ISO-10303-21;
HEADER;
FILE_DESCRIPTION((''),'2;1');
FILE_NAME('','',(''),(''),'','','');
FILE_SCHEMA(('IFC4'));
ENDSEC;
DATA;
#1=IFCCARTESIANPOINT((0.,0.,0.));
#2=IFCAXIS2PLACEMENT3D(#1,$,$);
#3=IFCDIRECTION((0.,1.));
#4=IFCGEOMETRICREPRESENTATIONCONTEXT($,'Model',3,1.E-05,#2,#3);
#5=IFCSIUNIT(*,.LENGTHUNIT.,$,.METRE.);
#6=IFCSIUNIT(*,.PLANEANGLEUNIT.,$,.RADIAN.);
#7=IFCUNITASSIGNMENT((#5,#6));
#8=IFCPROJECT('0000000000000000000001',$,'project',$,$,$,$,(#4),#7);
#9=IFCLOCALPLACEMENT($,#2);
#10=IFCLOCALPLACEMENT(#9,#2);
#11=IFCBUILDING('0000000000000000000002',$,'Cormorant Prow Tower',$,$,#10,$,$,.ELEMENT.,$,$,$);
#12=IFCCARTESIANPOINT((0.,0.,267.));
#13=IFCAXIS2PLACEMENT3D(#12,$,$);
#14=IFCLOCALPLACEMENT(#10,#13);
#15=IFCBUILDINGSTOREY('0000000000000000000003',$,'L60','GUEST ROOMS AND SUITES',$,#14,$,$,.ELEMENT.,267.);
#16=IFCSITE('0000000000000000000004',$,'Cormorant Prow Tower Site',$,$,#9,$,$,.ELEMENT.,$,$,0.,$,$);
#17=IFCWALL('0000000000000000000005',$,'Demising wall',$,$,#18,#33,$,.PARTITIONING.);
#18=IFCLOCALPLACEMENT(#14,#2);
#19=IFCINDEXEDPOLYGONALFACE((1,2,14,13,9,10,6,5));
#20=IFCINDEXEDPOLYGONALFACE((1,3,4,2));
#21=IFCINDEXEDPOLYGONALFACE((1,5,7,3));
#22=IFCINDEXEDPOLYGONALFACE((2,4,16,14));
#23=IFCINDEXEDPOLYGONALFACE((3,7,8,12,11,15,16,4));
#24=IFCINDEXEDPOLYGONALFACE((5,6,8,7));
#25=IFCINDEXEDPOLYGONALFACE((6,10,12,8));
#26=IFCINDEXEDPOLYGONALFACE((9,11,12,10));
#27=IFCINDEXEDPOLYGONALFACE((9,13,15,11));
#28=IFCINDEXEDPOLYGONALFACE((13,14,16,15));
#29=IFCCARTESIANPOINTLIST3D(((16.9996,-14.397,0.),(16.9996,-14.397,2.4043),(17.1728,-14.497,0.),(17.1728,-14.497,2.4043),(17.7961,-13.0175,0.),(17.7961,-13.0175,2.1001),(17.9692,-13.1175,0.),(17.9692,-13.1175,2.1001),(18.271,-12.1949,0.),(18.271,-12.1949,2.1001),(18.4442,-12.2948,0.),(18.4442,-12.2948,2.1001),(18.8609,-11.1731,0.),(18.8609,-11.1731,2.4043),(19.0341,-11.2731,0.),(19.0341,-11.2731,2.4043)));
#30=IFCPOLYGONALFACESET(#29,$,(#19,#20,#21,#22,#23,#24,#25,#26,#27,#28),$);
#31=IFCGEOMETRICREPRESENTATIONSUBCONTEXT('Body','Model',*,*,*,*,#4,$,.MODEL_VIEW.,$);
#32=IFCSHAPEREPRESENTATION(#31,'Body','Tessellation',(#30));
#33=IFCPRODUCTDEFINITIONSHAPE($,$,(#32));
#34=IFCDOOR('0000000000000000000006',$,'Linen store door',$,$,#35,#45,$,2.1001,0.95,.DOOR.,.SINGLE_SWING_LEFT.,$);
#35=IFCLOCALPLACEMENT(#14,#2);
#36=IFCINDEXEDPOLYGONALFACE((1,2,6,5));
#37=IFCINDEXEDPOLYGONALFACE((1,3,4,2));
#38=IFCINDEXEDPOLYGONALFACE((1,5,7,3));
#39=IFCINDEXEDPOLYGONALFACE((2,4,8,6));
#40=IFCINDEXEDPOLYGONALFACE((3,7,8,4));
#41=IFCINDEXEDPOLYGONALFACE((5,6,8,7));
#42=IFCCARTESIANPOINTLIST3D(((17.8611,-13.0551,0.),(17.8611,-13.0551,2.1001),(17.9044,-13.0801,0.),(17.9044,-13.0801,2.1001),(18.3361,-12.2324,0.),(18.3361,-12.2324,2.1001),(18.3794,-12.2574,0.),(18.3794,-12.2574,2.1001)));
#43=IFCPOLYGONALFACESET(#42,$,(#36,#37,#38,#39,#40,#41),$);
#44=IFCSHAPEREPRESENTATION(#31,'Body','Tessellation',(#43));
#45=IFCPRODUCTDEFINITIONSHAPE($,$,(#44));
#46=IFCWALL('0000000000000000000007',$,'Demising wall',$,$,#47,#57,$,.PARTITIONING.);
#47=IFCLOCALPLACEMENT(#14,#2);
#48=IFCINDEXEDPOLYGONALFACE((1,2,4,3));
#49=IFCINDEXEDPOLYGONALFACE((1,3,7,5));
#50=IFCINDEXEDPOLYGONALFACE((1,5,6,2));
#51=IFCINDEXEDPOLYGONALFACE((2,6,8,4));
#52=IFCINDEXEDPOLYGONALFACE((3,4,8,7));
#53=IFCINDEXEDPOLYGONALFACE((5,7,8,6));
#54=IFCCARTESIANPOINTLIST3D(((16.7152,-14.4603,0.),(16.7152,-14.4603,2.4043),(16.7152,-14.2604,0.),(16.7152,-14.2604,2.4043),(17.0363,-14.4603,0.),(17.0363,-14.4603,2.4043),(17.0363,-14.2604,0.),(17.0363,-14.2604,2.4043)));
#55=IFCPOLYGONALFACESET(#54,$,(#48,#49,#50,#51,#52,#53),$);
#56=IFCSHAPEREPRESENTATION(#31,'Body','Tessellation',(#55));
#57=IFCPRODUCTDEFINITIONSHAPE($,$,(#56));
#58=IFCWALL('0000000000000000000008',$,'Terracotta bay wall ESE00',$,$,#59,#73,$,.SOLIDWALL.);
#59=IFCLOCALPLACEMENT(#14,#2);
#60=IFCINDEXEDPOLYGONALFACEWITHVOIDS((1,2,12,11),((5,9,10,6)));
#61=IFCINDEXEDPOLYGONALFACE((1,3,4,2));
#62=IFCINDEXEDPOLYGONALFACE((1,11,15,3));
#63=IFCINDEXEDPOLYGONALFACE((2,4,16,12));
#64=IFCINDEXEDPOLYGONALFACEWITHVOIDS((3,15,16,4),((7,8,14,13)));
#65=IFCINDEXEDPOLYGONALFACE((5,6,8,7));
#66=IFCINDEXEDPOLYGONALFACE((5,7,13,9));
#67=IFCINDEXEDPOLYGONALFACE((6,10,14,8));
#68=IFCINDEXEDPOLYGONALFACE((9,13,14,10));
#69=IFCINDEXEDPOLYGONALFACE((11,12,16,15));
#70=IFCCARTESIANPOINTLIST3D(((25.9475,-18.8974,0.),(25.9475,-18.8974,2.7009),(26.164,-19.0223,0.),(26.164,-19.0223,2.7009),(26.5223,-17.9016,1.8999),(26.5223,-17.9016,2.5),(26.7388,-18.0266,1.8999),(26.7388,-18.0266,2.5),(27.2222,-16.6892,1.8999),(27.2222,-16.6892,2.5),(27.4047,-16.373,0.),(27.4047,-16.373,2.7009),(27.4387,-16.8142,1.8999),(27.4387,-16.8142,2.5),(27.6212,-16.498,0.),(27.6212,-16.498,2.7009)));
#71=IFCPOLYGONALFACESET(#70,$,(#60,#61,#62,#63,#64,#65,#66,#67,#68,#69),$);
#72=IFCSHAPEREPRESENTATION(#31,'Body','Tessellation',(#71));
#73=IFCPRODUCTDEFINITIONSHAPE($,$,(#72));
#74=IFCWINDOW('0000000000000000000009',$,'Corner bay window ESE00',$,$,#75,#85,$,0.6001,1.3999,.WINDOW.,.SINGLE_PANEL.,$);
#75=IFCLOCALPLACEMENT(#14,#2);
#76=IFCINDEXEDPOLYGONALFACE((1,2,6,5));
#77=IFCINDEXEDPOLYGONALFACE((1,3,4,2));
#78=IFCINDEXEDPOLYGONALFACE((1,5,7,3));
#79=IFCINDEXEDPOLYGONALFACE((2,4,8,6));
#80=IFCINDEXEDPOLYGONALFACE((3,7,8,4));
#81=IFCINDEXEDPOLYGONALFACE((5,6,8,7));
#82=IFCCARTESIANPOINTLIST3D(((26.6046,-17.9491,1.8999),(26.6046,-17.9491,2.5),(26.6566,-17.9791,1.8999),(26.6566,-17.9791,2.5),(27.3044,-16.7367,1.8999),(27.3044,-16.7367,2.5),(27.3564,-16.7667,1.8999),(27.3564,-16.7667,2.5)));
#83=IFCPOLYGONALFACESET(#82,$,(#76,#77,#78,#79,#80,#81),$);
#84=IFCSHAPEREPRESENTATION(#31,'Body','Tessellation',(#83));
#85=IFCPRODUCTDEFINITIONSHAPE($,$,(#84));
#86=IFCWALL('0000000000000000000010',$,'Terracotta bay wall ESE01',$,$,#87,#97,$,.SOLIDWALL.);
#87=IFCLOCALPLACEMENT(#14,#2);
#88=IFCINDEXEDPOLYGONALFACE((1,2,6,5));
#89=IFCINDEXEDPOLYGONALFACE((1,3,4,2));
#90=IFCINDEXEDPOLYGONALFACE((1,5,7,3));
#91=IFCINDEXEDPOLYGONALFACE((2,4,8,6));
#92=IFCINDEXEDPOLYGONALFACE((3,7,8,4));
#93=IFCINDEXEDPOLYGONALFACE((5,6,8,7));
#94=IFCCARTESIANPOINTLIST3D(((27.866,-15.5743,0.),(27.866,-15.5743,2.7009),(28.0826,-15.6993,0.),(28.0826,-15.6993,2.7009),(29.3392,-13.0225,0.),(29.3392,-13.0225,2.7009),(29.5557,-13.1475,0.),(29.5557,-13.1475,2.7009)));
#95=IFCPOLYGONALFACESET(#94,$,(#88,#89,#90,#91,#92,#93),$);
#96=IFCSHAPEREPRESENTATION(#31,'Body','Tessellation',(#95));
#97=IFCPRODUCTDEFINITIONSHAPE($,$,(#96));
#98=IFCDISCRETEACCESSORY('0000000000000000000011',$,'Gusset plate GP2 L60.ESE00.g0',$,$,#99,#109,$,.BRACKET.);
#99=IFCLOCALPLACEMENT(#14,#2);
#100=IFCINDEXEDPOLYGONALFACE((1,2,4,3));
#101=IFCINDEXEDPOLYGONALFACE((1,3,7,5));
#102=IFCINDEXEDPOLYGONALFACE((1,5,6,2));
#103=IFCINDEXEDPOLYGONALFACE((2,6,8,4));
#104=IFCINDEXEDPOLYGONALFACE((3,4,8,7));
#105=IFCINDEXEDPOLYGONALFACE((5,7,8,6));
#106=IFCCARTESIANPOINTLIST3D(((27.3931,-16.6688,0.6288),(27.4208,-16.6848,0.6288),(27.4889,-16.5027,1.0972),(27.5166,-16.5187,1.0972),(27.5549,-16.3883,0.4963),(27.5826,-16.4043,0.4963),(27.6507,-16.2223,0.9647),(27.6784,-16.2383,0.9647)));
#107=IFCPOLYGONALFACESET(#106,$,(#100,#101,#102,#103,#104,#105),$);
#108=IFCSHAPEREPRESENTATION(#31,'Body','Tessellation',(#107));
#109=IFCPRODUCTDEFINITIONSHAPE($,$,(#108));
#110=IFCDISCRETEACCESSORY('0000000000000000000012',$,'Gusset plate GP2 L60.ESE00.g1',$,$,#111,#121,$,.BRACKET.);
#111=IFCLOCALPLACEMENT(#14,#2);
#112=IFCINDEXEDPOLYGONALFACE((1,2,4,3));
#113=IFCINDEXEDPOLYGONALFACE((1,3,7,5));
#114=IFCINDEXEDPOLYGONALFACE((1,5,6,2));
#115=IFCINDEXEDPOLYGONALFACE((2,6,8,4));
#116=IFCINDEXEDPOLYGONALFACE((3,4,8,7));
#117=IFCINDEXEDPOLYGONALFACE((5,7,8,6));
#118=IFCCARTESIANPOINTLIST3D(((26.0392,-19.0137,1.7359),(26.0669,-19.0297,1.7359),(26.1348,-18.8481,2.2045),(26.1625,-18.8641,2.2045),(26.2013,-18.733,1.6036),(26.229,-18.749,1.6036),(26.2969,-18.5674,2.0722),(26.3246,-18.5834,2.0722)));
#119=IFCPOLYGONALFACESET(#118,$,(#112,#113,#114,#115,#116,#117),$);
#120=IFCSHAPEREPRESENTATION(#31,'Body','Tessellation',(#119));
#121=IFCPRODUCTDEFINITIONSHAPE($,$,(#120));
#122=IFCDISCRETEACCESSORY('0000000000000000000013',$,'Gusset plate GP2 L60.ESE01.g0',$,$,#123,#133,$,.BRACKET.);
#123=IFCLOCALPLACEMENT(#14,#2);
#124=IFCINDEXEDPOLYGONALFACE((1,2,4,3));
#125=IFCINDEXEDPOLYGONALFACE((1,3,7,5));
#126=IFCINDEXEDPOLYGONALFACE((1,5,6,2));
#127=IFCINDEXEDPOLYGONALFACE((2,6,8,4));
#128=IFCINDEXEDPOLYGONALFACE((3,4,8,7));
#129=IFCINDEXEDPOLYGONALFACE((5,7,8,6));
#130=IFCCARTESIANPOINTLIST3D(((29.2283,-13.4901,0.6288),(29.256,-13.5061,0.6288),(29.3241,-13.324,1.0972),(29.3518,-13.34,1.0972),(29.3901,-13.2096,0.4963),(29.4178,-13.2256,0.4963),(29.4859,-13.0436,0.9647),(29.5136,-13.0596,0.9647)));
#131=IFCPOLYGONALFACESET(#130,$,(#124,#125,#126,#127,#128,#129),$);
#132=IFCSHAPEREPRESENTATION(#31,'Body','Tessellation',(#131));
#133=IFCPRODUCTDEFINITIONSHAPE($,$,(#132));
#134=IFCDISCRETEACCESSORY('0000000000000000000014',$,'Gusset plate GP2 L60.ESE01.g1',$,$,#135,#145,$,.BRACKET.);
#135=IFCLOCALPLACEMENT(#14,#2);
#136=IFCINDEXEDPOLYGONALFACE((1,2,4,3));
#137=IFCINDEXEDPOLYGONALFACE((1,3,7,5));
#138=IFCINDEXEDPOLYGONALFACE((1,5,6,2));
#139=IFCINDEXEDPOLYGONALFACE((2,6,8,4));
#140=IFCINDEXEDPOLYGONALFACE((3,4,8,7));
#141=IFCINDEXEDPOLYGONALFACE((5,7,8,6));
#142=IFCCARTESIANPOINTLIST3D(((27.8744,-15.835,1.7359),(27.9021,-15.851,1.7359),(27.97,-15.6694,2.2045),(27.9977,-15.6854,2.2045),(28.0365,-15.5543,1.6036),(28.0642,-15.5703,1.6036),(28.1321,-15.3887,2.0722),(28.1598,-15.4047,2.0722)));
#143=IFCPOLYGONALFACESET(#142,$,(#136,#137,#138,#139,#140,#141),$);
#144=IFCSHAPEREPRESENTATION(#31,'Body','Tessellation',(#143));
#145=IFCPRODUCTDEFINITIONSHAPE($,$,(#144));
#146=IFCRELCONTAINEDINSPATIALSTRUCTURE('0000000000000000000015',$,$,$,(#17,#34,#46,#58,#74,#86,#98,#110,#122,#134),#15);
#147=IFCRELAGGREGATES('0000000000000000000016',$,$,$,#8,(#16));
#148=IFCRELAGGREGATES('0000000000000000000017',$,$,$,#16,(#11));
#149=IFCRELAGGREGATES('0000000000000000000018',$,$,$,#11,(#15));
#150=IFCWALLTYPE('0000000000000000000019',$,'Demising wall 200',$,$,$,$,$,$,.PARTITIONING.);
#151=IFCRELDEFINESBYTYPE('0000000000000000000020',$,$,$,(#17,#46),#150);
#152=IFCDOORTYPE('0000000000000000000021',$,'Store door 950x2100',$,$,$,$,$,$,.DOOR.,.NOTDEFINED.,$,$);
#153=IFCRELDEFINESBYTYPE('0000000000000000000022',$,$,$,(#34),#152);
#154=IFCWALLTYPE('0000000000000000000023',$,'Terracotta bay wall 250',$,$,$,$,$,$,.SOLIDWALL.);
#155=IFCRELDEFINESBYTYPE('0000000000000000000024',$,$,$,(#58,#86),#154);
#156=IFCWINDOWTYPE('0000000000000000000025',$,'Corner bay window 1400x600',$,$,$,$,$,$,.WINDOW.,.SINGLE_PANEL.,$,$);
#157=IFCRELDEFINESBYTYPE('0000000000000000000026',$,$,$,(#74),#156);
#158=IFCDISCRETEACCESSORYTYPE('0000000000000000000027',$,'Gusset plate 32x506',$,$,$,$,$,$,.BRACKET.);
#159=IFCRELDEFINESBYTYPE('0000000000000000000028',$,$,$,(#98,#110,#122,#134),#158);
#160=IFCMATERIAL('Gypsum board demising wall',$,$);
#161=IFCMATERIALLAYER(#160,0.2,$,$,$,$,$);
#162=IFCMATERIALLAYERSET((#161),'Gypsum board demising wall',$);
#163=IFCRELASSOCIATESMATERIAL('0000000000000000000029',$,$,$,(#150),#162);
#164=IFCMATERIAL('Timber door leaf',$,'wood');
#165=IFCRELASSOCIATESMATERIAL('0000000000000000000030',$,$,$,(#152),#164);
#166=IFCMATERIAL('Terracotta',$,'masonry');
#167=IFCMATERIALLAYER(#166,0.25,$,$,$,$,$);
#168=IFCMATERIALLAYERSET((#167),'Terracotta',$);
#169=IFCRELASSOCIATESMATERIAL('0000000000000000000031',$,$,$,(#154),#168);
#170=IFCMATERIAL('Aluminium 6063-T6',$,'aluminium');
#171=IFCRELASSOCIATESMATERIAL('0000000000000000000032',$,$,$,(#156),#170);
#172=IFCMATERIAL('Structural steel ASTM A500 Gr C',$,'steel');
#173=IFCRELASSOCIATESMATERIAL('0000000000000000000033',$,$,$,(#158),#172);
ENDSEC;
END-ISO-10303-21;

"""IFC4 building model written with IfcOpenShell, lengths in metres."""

from ifc_helpers import new_model, si_unit, direction, frame, frame_2d, origin, origin_2d, place, context, subcontext, project, spatial, rectangle, extrude, material, layer, layer_set, material_profile, profile_set, type_object, element, fill, save


model = new_model("IFC4")

# Units and contexts
model_context = context("Model", 3, precision=1e-05, world=origin(), true_north=direction((0.0, 1.0)))
body_context = subcontext(model_context, "Body", "Model", "MODEL_VIEW")
ifc_project = project(units=[si_unit("LENGTHUNIT", "METRE"), si_unit("PLANEANGLEUNIT", "RADIAN")], contexts=[model_context])

# Site, building, storey
site_placement = place(None, origin())
site = spatial("IfcSite", under=ifc_project, at=site_placement, Name="Cormorant Prow Tower Site", CompositionType="ELEMENT", RefElevation=0.0)
building_placement = place(site_placement, origin())
building = spatial("IfcBuilding", under=site, at=building_placement, Name="Cormorant Prow Tower", CompositionType="ELEMENT")
storey_placement = place(building_placement, frame((0.0, 0.0, 267.0)))
storey = spatial("IfcBuildingStorey", under=building, at=storey_placement, Name="L60", Description="GUEST ROOMS AND SUITES", CompositionType="ELEMENT", Elevation=267.0)

# Wall, opening, door
ifc_material_1 = material(Name="Gypsum board demising wall")
ifc_layer_1 = layer(ifc_material_1, 0.2)
ifc_layer_set_1 = layer_set([ifc_layer_1], Name="Gypsum board demising wall")
wall_type_1 = type_object("IfcWallType", Name="Demising wall 200", PredefinedType="PARTITIONING", material=ifc_layer_set_1)
wall_1_placement = place(storey_placement, frame((17.0862, -14.447, 0.0), z_axis=(0.0, 0.0, 1.0), x_axis=(0.500004, 0.866023, 0.0)))
wall_1 = element("IfcWall", 1, at=wall_1_placement, inside=storey, type_object=wall_type_1, Name="Demising wall", PredefinedType="PARTITIONING", context=body_context, shape_type="SweptSolid", body=[
    extrude(rectangle(XDim=3.7227, YDim=0.2, at=frame_2d((1.8613, 0.0))), origin(), (0.0, 0.0, 1.0), 2.4043),
])
opening_1_placement = place(wall_1_placement, frame((1.5928, 0.0, 0.0)))
opening_1 = element("IfcOpeningElement", 2, at=opening_1_placement, cuts=wall_1, PredefinedType="OPENING", context=body_context, shape_type="SweptSolid", body=[
    extrude(rectangle(XDim=0.95, YDim=2.1001, at=frame_2d((0.4751, 1.05))), frame((0.0, 0.1099, 0.0), z_axis=(0.0, -1.0, 0.0), x_axis=(1.0, 0.0, 0.0)), (0.0, 0.0, 1.0), 0.22),
])
ifc_material_2 = material(Name="Timber door leaf", Category="wood")
door_type_1 = type_object("IfcDoorType", Name="Store door 950x2100", OperationType="NOTDEFINED", PredefinedType="DOOR", material=ifc_material_2)
door_1_placement = place(opening_1_placement, origin())
door_1 = element("IfcDoor", 3, at=door_1_placement, inside=storey, type_object=door_type_1, Name="Linen store door", OperationType="SINGLE_SWING_LEFT", OverallHeight=2.1001, OverallWidth=0.95, PredefinedType="DOOR", context=body_context, shape_type="SweptSolid", body=[
    extrude(rectangle(XDim=0.95, YDim=2.1001, at=frame_2d((0.4751, 1.05))), frame((0.0, 0.0249, 0.0), z_axis=(0.0, -1.0, 0.0), x_axis=(1.0, 0.0, 0.0)), (0.0, 0.0, 1.0), 0.05),
])
fill(opening_1, door_1)

# Wall
wall_2_placement = place(storey_placement, frame((16.7151, -14.3604, 0.0), z_axis=(0.0, 0.0, 1.0), x_axis=(1.0, 0.0, 0.0)))
element("IfcWall", 4, at=wall_2_placement, inside=storey, type_object=wall_type_1, Name="Demising wall", PredefinedType="PARTITIONING", context=body_context, shape_type="SweptSolid", body=[
    extrude(rectangle(XDim=0.321, YDim=0.2, at=frame_2d((0.1606, 0.0))), origin(), (0.0, 0.0, 1.0), 2.4043),
])

# Wall, opening, window
ifc_material_3 = material(Name="Terracotta", Category="masonry")
ifc_layer_2 = layer(ifc_material_3, 0.25)
ifc_layer_set_2 = layer_set([ifc_layer_2], Name="Terracotta")
wall_type_2 = type_object("IfcWallType", Name="Terracotta bay wall 250", PredefinedType="SOLIDWALL", material=ifc_layer_set_2)
wall_3_placement = place(storey_placement, frame((26.0557, -18.96, 0.0), z_axis=(0.0, 0.0, 1.0), x_axis=(0.49995, 0.866054, 0.0)))
wall_3 = element("IfcWall", 5, at=wall_3_placement, inside=storey, type_object=wall_type_2, Name="Terracotta bay wall ESE00", PredefinedType="SOLIDWALL", context=body_context, shape_type="SweptSolid", body=[
    extrude(rectangle(XDim=2.9148, YDim=0.25, at=frame_2d((1.4575, 0.0))), origin(), (0.0, 0.0, 1.0), 2.7009),
])
opening_2_placement = place(wall_3_placement, frame((1.1499, 0.0, 1.8999)))
opening_2 = element("IfcOpeningElement", 6, at=opening_2_placement, cuts=wall_3, PredefinedType="OPENING", context=body_context, shape_type="SweptSolid", body=[
    extrude(rectangle(XDim=1.3999, YDim=0.6001, at=frame_2d((0.7, 0.3))), frame((0.0, 0.135, 0.0), z_axis=(0.0, -1.0, 0.0), x_axis=(1.0, 0.0, 0.0)), (0.0, 0.0, 1.0), 0.27),
])
ifc_material_4 = material(Name="Aluminium 6063-T6", Category="aluminium")
window_type = type_object("IfcWindowType", Name="Corner bay window 1400x600", PartitioningType="SINGLE_PANEL", PredefinedType="WINDOW", material=ifc_material_4)
window_placement = place(opening_2_placement, origin())
window = element("IfcWindow", 7, at=window_placement, inside=storey, type_object=window_type, Name="Corner bay window ESE00", OverallHeight=0.6001, OverallWidth=1.3999, PartitioningType="SINGLE_PANEL", PredefinedType="WINDOW", context=body_context, shape_type="SweptSolid", body=[
    extrude(rectangle(XDim=1.3999, YDim=0.6001, at=frame_2d((0.7, 0.3))), frame((0.0, 0.03, 0.0), z_axis=(0.0, -1.0, 0.0), x_axis=(1.0, 0.0, 0.0)), (0.0, 0.0, 1.0), 0.0601),
])
fill(opening_2, window)

# Wall
wall_4_placement = place(storey_placement, frame((27.9744, -15.6367, 0.0), z_axis=(0.0, 0.0, 1.0), x_axis=(0.499971, 0.866042, 0.0)))
element("IfcWall", 8, at=wall_4_placement, inside=storey, type_object=wall_type_2, Name="Terracotta bay wall ESE01", PredefinedType="SOLIDWALL", context=body_context, shape_type="SweptSolid", body=[
    extrude(rectangle(XDim=2.9465, YDim=0.25, at=frame_2d((1.4731, 0.0))), origin(), (0.0, 0.0, 1.0), 2.7009),
])

# Discrete accessories
ifc_material_5 = material(Name="Structural steel ASTM A500 Gr C", Category="steel")
ifc_material_profile_1 = material_profile(ifc_material_5, rectangle(XDim=0.032, YDim=0.5061, at=origin_2d()), Name="Gusset plate 32x506")
ifc_profile_set_1 = profile_set([ifc_material_profile_1], Name="Structural steel ASTM A500 Gr C")
discrete_accessory_type = type_object("IfcDiscreteAccessoryType", Name="Gusset plate 32x506", PredefinedType="BRACKET", material=ifc_profile_set_1)
discrete_accessory_1_placement = place(storey_placement, frame((27.4548, -16.5938, 0.863), z_axis=(0.462538, 0.801594, -0.378821), x_axis=(-0.866148, 0.499788, 0.0)))
element("IfcDiscreteAccessory", 9, at=discrete_accessory_1_placement, inside=storey, type_object=discrete_accessory_type, Name="Gusset plate GP2 L60.ESE00.g0", PredefinedType="BRACKET", context=body_context, shape_type="SweptSolid", body=[
    extrude(rectangle(XDim=0.032, YDim=0.5061, at=origin_2d()), origin(), (0.0, 0.0, 1.0), 0.3499),
])
discrete_accessory_2_placement = place(storey_placement, frame((26.2629, -18.6582, 1.8379), z_axis=(-0.46295, -0.801796, 0.37789), x_axis=(0.86601, -0.500027, 0.0)))
element("IfcDiscreteAccessory", 10, at=discrete_accessory_2_placement, inside=storey, type_object=discrete_accessory_type, Name="Gusset plate GP2 L60.ESE00.g1", PredefinedType="BRACKET", context=body_context, shape_type="SweptSolid", body=[
    extrude(rectangle(XDim=0.032, YDim=0.5061, at=origin_2d()), origin(), (0.0, 0.0, 1.0), 0.3501),
])
discrete_accessory_3_placement = place(storey_placement, frame((29.29, -13.415, 0.863), z_axis=(0.462538, 0.801594, -0.378821), x_axis=(-0.866148, 0.499788, 0.0)))
element("IfcDiscreteAccessory", 11, at=discrete_accessory_3_placement, inside=storey, type_object=discrete_accessory_type, Name="Gusset plate GP2 L60.ESE01.g0", PredefinedType="BRACKET", context=body_context, shape_type="SweptSolid", body=[
    extrude(rectangle(XDim=0.032, YDim=0.5061, at=origin_2d()), origin(), (0.0, 0.0, 1.0), 0.3499),
])
discrete_accessory_4_placement = place(storey_placement, frame((28.0981, -15.4795, 1.8379), z_axis=(-0.46295, -0.801796, 0.37789), x_axis=(0.86601, -0.500027, 0.0)))
element("IfcDiscreteAccessory", 12, at=discrete_accessory_4_placement, inside=storey, type_object=discrete_accessory_type, Name="Gusset plate GP2 L60.ESE01.g1", PredefinedType="BRACKET", context=body_context, shape_type="SweptSolid", body=[
    extrude(rectangle(XDim=0.032, YDim=0.5061, at=origin_2d()), origin(), (0.0, 0.0, 1.0), 0.3501),
])

save(model, "model.ifc")
